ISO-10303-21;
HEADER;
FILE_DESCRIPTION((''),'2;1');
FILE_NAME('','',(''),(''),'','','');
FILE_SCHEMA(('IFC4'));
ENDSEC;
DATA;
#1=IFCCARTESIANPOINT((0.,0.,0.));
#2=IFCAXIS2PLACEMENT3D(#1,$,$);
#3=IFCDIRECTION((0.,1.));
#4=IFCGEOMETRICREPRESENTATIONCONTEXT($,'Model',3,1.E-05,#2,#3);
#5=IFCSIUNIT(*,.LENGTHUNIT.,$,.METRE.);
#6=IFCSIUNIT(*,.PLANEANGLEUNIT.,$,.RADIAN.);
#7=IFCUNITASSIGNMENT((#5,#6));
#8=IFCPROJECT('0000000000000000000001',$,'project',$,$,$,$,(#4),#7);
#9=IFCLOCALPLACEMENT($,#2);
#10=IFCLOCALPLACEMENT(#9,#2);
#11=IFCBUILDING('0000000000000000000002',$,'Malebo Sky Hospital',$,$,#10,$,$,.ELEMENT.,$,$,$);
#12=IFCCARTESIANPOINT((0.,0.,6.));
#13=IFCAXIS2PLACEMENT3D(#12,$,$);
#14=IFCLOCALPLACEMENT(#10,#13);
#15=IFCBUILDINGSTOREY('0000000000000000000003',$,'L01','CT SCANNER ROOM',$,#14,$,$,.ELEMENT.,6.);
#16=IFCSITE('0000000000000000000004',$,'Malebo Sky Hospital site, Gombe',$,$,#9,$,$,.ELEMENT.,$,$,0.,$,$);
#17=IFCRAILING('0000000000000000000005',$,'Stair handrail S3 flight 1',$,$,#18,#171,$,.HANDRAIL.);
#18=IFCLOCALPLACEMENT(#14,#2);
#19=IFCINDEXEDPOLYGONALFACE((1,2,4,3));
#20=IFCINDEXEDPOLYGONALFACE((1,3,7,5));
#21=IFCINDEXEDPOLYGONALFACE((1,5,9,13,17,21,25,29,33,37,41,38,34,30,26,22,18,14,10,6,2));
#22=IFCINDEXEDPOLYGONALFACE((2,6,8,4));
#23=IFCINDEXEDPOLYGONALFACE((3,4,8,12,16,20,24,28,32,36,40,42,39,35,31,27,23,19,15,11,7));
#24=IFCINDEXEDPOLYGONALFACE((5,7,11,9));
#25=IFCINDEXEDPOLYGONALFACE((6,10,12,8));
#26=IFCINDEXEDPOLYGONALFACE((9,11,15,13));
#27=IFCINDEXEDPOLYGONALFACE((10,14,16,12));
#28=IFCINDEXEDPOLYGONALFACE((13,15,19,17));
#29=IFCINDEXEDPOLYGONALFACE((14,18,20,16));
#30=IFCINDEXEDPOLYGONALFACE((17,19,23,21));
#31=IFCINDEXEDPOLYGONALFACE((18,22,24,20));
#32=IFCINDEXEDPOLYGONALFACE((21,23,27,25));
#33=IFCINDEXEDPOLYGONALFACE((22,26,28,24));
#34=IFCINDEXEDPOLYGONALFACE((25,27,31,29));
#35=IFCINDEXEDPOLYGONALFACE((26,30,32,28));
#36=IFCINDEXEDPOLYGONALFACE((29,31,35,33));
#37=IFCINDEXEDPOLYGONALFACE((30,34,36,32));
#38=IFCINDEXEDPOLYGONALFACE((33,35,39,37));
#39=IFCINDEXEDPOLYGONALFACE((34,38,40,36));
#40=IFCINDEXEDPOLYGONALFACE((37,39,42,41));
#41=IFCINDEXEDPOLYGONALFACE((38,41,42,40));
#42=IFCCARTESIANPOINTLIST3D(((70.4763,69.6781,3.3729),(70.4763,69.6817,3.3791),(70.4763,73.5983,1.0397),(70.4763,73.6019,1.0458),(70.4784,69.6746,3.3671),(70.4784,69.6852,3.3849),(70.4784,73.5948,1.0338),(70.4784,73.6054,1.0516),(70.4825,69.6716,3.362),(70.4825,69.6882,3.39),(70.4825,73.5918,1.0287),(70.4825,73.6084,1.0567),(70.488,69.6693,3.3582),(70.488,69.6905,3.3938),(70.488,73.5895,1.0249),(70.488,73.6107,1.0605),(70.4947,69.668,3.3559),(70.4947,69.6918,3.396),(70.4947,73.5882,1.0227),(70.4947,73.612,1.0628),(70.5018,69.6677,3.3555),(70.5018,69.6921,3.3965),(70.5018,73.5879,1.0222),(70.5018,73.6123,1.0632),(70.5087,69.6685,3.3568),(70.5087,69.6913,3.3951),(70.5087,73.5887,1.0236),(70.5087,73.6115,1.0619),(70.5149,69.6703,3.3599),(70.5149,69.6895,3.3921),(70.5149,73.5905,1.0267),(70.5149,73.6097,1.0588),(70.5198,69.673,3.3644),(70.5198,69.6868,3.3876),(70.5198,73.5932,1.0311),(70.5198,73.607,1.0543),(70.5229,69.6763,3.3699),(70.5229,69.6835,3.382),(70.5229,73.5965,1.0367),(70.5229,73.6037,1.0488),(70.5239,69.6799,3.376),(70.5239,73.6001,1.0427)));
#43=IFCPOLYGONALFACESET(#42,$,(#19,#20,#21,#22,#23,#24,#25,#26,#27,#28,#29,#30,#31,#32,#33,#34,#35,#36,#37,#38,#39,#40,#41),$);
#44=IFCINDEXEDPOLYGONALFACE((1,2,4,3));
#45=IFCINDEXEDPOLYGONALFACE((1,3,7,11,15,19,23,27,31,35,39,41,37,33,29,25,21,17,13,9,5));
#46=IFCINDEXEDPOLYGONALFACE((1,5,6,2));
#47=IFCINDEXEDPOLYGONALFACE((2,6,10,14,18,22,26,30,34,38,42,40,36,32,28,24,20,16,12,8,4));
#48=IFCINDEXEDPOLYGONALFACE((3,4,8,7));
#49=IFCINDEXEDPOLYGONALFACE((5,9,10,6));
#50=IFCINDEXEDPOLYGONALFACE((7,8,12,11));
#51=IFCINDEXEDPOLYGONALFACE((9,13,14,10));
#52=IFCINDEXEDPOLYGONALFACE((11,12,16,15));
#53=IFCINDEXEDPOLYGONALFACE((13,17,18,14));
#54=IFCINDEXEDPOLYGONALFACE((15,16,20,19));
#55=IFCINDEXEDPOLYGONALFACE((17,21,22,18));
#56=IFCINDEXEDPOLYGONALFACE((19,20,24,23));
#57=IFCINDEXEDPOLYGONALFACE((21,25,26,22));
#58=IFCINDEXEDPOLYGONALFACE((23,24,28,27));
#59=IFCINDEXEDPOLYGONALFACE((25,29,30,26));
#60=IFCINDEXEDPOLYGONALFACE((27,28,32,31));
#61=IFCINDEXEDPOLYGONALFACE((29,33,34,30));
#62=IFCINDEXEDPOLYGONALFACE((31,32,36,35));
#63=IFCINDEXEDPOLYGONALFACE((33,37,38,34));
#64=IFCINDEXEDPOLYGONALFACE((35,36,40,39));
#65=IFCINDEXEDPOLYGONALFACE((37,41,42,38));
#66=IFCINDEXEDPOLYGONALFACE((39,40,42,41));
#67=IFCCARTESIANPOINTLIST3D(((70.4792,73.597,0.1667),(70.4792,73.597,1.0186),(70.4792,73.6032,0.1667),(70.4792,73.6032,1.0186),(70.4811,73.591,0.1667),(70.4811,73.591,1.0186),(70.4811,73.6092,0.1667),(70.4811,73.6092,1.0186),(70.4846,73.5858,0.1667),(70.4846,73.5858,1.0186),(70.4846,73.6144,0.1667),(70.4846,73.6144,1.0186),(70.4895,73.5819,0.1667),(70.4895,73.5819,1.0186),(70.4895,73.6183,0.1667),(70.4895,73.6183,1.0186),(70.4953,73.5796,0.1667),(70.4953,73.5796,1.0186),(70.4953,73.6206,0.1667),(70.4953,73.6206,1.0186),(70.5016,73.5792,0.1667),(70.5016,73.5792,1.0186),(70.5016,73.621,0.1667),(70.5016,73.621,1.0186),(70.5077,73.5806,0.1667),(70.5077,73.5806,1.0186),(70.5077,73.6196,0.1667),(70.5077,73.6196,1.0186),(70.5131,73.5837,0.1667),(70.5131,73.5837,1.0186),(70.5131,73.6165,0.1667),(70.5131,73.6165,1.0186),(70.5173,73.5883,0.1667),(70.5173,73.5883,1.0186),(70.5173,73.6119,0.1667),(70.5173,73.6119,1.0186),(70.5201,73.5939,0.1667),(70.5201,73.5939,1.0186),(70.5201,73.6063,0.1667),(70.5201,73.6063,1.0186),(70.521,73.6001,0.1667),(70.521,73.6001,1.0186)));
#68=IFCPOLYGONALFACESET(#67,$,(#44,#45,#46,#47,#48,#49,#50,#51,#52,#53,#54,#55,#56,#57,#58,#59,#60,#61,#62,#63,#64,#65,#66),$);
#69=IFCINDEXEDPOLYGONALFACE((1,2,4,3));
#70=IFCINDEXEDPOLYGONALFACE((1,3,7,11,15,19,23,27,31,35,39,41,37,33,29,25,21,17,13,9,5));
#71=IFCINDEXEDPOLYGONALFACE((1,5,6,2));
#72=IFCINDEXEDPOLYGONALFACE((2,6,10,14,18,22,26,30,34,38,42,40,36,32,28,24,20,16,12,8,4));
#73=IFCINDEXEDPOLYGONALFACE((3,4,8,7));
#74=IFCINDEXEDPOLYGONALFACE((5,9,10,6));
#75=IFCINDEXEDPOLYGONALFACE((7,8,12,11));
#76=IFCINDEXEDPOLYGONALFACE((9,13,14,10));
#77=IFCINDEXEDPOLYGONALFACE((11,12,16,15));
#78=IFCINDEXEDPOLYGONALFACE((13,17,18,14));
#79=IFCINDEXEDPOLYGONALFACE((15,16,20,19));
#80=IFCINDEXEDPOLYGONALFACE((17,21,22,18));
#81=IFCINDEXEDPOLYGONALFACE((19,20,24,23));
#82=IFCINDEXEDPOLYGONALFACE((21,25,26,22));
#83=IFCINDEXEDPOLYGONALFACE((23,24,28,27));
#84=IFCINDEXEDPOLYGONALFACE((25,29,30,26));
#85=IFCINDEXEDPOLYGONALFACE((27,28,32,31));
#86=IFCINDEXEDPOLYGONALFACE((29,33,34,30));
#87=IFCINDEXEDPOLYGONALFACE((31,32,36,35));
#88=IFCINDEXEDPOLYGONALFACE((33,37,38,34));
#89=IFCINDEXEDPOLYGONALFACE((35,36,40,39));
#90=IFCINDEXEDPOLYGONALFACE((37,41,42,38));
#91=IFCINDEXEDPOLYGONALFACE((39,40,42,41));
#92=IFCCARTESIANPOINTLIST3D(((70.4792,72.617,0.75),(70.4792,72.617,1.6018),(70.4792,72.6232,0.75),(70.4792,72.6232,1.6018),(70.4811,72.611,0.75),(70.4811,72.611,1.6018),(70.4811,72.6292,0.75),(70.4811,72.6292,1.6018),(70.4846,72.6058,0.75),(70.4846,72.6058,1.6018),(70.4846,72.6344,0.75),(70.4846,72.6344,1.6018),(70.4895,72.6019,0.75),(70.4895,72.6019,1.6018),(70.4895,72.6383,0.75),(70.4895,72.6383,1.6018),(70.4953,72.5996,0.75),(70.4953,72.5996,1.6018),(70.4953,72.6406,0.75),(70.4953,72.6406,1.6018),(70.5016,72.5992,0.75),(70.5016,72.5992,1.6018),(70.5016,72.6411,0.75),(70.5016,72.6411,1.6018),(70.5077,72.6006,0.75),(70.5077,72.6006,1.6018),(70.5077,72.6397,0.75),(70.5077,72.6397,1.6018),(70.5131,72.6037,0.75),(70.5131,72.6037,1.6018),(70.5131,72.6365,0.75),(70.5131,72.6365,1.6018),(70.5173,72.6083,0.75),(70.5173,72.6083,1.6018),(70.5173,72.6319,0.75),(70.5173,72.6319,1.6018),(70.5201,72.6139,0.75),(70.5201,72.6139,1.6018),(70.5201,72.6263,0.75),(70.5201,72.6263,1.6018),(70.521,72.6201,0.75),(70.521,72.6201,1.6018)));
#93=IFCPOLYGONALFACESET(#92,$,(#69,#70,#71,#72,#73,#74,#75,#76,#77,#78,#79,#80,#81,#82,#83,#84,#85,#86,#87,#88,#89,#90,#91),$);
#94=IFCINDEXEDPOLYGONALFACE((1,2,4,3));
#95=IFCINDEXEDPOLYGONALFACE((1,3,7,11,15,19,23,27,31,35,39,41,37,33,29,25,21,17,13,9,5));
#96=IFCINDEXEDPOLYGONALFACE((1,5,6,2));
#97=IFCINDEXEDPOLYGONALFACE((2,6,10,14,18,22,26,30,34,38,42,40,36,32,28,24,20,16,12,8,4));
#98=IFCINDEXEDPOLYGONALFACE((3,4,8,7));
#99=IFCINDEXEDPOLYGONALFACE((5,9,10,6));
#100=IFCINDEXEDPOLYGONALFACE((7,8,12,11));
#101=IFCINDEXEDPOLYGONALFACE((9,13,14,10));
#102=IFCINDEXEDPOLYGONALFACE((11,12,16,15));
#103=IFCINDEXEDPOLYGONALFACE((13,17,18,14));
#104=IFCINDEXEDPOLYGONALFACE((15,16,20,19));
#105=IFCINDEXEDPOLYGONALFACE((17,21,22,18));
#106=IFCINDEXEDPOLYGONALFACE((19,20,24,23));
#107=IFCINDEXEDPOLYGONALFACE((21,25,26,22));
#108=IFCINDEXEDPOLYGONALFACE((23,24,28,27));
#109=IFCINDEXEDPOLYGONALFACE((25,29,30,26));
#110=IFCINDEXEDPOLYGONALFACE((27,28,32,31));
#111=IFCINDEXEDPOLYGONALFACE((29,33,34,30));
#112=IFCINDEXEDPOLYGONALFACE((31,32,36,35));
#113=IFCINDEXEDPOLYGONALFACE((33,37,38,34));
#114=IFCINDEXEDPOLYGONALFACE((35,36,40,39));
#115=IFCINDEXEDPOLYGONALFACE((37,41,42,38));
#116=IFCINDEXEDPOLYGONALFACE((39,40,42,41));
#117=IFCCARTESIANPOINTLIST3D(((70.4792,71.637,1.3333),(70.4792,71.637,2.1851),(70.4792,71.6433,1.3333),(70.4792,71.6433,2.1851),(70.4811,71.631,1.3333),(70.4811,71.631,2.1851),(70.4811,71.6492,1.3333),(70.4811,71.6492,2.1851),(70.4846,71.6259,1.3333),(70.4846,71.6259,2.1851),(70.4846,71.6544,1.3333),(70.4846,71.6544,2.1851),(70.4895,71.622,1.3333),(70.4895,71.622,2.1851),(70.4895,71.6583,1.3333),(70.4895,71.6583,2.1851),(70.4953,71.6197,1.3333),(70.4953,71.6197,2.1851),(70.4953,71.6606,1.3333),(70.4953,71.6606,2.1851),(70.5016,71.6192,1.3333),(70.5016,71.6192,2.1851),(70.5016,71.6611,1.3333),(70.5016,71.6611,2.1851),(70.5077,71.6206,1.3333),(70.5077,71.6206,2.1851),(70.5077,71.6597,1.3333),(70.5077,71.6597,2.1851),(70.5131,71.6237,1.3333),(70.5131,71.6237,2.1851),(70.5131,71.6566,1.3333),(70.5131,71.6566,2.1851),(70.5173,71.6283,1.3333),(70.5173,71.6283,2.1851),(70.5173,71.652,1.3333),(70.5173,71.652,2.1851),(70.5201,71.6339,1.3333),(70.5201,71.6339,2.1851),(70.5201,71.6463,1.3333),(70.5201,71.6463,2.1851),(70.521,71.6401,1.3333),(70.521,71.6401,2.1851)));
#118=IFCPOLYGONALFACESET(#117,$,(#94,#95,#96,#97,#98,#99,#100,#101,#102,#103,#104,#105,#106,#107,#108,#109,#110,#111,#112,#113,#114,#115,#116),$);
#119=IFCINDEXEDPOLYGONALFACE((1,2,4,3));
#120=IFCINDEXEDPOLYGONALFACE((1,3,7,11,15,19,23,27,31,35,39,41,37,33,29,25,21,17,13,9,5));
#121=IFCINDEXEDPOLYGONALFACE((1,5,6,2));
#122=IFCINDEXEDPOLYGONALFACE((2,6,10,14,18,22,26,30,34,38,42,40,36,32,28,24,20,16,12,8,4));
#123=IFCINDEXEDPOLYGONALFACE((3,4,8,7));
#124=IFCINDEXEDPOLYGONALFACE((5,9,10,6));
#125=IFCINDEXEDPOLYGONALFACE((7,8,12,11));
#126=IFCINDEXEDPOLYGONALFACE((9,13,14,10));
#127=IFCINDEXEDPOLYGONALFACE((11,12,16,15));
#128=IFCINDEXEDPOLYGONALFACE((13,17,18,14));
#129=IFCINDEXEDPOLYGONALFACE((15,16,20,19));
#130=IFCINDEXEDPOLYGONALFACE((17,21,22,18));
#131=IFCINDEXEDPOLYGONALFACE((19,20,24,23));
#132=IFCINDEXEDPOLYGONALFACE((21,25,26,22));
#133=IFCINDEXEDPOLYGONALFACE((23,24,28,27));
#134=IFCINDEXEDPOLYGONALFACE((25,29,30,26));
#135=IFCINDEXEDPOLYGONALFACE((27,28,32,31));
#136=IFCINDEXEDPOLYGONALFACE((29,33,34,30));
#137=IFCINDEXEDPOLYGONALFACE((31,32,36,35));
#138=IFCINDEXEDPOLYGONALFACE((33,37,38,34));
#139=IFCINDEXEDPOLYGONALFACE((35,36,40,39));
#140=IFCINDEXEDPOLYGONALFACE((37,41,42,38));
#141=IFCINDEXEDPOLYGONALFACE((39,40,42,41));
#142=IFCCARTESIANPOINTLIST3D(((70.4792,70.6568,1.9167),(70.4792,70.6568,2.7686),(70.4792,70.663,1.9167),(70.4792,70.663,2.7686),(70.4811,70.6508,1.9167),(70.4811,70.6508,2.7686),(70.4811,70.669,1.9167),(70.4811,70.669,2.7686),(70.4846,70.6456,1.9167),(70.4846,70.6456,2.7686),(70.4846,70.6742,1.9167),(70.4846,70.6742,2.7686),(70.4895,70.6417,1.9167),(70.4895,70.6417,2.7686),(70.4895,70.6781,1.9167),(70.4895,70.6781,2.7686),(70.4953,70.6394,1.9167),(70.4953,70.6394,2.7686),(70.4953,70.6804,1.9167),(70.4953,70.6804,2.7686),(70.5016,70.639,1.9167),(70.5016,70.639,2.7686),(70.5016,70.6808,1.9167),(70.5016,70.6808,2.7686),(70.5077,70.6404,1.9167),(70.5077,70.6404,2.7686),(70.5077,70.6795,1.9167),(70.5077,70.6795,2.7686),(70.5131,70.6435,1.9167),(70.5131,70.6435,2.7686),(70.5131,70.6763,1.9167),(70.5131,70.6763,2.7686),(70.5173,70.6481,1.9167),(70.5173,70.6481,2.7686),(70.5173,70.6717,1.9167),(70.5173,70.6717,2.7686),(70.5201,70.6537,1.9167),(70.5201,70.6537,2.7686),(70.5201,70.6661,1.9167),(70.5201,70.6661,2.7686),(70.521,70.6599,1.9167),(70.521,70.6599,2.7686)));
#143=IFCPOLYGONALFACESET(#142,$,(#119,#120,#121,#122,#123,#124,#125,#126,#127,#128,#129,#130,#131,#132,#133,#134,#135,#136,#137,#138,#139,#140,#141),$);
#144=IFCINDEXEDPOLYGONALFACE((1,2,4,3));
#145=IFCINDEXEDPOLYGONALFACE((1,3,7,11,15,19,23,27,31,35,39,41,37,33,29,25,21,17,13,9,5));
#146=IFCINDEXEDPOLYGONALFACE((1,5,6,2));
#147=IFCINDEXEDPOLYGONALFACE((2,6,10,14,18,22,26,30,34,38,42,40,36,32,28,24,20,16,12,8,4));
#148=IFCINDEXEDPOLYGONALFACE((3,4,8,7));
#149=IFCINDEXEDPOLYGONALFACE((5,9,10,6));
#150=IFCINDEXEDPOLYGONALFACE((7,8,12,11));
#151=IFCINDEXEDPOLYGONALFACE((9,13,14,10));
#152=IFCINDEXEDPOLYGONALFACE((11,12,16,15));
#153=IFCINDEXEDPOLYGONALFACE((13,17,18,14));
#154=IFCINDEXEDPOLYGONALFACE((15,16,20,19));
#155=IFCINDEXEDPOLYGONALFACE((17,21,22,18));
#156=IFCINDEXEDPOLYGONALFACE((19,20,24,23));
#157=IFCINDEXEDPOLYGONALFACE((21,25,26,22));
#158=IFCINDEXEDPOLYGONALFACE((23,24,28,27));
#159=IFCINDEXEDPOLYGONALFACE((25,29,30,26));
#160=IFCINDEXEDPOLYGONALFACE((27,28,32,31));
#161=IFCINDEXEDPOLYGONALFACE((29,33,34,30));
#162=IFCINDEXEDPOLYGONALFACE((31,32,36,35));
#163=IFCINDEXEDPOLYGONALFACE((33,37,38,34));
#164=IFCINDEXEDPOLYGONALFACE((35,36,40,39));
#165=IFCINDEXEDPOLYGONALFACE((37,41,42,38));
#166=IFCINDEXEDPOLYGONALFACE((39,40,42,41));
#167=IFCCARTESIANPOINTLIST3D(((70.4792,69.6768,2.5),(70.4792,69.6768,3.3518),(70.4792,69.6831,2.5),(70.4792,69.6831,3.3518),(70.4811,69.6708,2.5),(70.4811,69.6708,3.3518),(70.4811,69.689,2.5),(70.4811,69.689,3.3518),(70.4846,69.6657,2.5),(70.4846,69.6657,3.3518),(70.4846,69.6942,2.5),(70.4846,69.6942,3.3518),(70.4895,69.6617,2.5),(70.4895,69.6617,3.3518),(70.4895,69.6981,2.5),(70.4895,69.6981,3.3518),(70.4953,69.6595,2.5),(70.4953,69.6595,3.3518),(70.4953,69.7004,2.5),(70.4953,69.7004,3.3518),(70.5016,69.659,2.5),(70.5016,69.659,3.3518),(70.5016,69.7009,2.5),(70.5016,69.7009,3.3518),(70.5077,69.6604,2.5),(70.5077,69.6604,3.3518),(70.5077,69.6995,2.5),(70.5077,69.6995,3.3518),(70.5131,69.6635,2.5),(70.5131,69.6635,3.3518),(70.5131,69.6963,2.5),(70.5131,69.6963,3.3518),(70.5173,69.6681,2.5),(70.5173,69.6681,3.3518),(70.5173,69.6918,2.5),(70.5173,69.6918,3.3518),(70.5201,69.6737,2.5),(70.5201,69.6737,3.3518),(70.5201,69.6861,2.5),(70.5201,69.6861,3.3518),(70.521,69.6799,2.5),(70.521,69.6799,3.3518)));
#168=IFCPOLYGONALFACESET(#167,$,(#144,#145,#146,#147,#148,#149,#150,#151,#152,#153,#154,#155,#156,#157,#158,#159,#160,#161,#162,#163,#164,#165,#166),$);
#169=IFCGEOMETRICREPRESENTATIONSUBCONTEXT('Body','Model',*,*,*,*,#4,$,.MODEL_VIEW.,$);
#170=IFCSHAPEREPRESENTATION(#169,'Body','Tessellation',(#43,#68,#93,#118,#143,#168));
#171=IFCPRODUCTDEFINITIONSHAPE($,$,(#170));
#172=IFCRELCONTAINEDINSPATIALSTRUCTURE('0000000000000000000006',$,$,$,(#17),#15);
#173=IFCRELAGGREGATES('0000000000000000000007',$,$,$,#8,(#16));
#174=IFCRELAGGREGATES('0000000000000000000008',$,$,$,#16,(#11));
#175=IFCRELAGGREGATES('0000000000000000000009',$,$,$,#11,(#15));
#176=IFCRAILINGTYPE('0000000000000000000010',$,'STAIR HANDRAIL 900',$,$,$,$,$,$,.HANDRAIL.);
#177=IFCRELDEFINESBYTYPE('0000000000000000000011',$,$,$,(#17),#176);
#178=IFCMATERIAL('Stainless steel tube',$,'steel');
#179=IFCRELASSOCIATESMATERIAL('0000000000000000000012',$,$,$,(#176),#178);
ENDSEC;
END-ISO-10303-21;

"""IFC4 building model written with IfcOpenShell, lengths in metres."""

from ifc_helpers import new_model, si_unit, direction, frame, origin, origin_2d, place, context, subcontext, project, spatial, circle, extrude, material, type_object, element, save


model = new_model("IFC4")

# Units and contexts
model_context = context("Model", 3, precision=1e-05, world=origin(), true_north=direction((0.0, 1.0)))
body_context = subcontext(model_context, "Body", "Model", "MODEL_VIEW")
ifc_project = project(units=[si_unit("LENGTHUNIT", "METRE"), si_unit("PLANEANGLEUNIT", "RADIAN")], contexts=[model_context])

# Site, building, storey
site_placement = place(None, origin())
site = spatial("IfcSite", under=ifc_project, at=site_placement, Name="Malebo Sky Hospital site, Gombe", CompositionType="ELEMENT", RefElevation=0.0)
building_placement = place(site_placement, origin())
building = spatial("IfcBuilding", under=site, at=building_placement, Name="Malebo Sky Hospital", CompositionType="ELEMENT")
storey_placement = place(building_placement, frame((0.0, 0.0, 6.0)))
storey = spatial("IfcBuildingStorey", under=building, at=storey_placement, Name="L01", Description="CT SCANNER ROOM", CompositionType="ELEMENT", Elevation=6.0)

# Railing
ifc_material_1 = material(Name="Stainless steel tube", Category="steel")
railing_type = type_object("IfcRailingType", Name="STAIR HANDRAIL 900", PredefinedType="HANDRAIL", material=ifc_material_1)
railing_1_placement = place(storey_placement, frame((70.5, 73.6001, 0.1667)))
element("IfcRailing", 1, at=railing_1_placement, inside=storey, type_object=railing_type, Name="Stair handrail S3 flight 1", PredefinedType="HANDRAIL", context=body_context, shape_type="SweptSolid", body=[
    extrude(circle(Radius=0.0239, at=origin_2d()), frame((0.0, 0.0, 0.876), z_axis=(0.0, -0.85931, 0.511455), x_axis=(1.0, 0.0, 0.0)), (0.0, 0.0, 1.0), 4.562),
    extrude(circle(Radius=0.021, at=origin_2d()), origin(), (0.0, 0.0, 1.0), 0.8518),
    extrude(circle(Radius=0.021, at=origin_2d()), frame((0.0, -0.98, 0.5833)), (0.0, 0.0, 1.0), 0.8518),
    extrude(circle(Radius=0.021, at=origin_2d()), frame((0.0, -1.96, 1.1665)), (0.0, 0.0, 1.0), 0.8518),
    extrude(circle(Radius=0.021, at=origin_2d()), frame((0.0, -2.9402, 1.75)), (0.0, 0.0, 1.0), 0.8518),
    extrude(circle(Radius=0.021, at=origin_2d()), frame((0.0, -3.9202, 2.3333)), (0.0, 0.0, 1.0), 0.8518),
])

save(model, "model.ifc")
